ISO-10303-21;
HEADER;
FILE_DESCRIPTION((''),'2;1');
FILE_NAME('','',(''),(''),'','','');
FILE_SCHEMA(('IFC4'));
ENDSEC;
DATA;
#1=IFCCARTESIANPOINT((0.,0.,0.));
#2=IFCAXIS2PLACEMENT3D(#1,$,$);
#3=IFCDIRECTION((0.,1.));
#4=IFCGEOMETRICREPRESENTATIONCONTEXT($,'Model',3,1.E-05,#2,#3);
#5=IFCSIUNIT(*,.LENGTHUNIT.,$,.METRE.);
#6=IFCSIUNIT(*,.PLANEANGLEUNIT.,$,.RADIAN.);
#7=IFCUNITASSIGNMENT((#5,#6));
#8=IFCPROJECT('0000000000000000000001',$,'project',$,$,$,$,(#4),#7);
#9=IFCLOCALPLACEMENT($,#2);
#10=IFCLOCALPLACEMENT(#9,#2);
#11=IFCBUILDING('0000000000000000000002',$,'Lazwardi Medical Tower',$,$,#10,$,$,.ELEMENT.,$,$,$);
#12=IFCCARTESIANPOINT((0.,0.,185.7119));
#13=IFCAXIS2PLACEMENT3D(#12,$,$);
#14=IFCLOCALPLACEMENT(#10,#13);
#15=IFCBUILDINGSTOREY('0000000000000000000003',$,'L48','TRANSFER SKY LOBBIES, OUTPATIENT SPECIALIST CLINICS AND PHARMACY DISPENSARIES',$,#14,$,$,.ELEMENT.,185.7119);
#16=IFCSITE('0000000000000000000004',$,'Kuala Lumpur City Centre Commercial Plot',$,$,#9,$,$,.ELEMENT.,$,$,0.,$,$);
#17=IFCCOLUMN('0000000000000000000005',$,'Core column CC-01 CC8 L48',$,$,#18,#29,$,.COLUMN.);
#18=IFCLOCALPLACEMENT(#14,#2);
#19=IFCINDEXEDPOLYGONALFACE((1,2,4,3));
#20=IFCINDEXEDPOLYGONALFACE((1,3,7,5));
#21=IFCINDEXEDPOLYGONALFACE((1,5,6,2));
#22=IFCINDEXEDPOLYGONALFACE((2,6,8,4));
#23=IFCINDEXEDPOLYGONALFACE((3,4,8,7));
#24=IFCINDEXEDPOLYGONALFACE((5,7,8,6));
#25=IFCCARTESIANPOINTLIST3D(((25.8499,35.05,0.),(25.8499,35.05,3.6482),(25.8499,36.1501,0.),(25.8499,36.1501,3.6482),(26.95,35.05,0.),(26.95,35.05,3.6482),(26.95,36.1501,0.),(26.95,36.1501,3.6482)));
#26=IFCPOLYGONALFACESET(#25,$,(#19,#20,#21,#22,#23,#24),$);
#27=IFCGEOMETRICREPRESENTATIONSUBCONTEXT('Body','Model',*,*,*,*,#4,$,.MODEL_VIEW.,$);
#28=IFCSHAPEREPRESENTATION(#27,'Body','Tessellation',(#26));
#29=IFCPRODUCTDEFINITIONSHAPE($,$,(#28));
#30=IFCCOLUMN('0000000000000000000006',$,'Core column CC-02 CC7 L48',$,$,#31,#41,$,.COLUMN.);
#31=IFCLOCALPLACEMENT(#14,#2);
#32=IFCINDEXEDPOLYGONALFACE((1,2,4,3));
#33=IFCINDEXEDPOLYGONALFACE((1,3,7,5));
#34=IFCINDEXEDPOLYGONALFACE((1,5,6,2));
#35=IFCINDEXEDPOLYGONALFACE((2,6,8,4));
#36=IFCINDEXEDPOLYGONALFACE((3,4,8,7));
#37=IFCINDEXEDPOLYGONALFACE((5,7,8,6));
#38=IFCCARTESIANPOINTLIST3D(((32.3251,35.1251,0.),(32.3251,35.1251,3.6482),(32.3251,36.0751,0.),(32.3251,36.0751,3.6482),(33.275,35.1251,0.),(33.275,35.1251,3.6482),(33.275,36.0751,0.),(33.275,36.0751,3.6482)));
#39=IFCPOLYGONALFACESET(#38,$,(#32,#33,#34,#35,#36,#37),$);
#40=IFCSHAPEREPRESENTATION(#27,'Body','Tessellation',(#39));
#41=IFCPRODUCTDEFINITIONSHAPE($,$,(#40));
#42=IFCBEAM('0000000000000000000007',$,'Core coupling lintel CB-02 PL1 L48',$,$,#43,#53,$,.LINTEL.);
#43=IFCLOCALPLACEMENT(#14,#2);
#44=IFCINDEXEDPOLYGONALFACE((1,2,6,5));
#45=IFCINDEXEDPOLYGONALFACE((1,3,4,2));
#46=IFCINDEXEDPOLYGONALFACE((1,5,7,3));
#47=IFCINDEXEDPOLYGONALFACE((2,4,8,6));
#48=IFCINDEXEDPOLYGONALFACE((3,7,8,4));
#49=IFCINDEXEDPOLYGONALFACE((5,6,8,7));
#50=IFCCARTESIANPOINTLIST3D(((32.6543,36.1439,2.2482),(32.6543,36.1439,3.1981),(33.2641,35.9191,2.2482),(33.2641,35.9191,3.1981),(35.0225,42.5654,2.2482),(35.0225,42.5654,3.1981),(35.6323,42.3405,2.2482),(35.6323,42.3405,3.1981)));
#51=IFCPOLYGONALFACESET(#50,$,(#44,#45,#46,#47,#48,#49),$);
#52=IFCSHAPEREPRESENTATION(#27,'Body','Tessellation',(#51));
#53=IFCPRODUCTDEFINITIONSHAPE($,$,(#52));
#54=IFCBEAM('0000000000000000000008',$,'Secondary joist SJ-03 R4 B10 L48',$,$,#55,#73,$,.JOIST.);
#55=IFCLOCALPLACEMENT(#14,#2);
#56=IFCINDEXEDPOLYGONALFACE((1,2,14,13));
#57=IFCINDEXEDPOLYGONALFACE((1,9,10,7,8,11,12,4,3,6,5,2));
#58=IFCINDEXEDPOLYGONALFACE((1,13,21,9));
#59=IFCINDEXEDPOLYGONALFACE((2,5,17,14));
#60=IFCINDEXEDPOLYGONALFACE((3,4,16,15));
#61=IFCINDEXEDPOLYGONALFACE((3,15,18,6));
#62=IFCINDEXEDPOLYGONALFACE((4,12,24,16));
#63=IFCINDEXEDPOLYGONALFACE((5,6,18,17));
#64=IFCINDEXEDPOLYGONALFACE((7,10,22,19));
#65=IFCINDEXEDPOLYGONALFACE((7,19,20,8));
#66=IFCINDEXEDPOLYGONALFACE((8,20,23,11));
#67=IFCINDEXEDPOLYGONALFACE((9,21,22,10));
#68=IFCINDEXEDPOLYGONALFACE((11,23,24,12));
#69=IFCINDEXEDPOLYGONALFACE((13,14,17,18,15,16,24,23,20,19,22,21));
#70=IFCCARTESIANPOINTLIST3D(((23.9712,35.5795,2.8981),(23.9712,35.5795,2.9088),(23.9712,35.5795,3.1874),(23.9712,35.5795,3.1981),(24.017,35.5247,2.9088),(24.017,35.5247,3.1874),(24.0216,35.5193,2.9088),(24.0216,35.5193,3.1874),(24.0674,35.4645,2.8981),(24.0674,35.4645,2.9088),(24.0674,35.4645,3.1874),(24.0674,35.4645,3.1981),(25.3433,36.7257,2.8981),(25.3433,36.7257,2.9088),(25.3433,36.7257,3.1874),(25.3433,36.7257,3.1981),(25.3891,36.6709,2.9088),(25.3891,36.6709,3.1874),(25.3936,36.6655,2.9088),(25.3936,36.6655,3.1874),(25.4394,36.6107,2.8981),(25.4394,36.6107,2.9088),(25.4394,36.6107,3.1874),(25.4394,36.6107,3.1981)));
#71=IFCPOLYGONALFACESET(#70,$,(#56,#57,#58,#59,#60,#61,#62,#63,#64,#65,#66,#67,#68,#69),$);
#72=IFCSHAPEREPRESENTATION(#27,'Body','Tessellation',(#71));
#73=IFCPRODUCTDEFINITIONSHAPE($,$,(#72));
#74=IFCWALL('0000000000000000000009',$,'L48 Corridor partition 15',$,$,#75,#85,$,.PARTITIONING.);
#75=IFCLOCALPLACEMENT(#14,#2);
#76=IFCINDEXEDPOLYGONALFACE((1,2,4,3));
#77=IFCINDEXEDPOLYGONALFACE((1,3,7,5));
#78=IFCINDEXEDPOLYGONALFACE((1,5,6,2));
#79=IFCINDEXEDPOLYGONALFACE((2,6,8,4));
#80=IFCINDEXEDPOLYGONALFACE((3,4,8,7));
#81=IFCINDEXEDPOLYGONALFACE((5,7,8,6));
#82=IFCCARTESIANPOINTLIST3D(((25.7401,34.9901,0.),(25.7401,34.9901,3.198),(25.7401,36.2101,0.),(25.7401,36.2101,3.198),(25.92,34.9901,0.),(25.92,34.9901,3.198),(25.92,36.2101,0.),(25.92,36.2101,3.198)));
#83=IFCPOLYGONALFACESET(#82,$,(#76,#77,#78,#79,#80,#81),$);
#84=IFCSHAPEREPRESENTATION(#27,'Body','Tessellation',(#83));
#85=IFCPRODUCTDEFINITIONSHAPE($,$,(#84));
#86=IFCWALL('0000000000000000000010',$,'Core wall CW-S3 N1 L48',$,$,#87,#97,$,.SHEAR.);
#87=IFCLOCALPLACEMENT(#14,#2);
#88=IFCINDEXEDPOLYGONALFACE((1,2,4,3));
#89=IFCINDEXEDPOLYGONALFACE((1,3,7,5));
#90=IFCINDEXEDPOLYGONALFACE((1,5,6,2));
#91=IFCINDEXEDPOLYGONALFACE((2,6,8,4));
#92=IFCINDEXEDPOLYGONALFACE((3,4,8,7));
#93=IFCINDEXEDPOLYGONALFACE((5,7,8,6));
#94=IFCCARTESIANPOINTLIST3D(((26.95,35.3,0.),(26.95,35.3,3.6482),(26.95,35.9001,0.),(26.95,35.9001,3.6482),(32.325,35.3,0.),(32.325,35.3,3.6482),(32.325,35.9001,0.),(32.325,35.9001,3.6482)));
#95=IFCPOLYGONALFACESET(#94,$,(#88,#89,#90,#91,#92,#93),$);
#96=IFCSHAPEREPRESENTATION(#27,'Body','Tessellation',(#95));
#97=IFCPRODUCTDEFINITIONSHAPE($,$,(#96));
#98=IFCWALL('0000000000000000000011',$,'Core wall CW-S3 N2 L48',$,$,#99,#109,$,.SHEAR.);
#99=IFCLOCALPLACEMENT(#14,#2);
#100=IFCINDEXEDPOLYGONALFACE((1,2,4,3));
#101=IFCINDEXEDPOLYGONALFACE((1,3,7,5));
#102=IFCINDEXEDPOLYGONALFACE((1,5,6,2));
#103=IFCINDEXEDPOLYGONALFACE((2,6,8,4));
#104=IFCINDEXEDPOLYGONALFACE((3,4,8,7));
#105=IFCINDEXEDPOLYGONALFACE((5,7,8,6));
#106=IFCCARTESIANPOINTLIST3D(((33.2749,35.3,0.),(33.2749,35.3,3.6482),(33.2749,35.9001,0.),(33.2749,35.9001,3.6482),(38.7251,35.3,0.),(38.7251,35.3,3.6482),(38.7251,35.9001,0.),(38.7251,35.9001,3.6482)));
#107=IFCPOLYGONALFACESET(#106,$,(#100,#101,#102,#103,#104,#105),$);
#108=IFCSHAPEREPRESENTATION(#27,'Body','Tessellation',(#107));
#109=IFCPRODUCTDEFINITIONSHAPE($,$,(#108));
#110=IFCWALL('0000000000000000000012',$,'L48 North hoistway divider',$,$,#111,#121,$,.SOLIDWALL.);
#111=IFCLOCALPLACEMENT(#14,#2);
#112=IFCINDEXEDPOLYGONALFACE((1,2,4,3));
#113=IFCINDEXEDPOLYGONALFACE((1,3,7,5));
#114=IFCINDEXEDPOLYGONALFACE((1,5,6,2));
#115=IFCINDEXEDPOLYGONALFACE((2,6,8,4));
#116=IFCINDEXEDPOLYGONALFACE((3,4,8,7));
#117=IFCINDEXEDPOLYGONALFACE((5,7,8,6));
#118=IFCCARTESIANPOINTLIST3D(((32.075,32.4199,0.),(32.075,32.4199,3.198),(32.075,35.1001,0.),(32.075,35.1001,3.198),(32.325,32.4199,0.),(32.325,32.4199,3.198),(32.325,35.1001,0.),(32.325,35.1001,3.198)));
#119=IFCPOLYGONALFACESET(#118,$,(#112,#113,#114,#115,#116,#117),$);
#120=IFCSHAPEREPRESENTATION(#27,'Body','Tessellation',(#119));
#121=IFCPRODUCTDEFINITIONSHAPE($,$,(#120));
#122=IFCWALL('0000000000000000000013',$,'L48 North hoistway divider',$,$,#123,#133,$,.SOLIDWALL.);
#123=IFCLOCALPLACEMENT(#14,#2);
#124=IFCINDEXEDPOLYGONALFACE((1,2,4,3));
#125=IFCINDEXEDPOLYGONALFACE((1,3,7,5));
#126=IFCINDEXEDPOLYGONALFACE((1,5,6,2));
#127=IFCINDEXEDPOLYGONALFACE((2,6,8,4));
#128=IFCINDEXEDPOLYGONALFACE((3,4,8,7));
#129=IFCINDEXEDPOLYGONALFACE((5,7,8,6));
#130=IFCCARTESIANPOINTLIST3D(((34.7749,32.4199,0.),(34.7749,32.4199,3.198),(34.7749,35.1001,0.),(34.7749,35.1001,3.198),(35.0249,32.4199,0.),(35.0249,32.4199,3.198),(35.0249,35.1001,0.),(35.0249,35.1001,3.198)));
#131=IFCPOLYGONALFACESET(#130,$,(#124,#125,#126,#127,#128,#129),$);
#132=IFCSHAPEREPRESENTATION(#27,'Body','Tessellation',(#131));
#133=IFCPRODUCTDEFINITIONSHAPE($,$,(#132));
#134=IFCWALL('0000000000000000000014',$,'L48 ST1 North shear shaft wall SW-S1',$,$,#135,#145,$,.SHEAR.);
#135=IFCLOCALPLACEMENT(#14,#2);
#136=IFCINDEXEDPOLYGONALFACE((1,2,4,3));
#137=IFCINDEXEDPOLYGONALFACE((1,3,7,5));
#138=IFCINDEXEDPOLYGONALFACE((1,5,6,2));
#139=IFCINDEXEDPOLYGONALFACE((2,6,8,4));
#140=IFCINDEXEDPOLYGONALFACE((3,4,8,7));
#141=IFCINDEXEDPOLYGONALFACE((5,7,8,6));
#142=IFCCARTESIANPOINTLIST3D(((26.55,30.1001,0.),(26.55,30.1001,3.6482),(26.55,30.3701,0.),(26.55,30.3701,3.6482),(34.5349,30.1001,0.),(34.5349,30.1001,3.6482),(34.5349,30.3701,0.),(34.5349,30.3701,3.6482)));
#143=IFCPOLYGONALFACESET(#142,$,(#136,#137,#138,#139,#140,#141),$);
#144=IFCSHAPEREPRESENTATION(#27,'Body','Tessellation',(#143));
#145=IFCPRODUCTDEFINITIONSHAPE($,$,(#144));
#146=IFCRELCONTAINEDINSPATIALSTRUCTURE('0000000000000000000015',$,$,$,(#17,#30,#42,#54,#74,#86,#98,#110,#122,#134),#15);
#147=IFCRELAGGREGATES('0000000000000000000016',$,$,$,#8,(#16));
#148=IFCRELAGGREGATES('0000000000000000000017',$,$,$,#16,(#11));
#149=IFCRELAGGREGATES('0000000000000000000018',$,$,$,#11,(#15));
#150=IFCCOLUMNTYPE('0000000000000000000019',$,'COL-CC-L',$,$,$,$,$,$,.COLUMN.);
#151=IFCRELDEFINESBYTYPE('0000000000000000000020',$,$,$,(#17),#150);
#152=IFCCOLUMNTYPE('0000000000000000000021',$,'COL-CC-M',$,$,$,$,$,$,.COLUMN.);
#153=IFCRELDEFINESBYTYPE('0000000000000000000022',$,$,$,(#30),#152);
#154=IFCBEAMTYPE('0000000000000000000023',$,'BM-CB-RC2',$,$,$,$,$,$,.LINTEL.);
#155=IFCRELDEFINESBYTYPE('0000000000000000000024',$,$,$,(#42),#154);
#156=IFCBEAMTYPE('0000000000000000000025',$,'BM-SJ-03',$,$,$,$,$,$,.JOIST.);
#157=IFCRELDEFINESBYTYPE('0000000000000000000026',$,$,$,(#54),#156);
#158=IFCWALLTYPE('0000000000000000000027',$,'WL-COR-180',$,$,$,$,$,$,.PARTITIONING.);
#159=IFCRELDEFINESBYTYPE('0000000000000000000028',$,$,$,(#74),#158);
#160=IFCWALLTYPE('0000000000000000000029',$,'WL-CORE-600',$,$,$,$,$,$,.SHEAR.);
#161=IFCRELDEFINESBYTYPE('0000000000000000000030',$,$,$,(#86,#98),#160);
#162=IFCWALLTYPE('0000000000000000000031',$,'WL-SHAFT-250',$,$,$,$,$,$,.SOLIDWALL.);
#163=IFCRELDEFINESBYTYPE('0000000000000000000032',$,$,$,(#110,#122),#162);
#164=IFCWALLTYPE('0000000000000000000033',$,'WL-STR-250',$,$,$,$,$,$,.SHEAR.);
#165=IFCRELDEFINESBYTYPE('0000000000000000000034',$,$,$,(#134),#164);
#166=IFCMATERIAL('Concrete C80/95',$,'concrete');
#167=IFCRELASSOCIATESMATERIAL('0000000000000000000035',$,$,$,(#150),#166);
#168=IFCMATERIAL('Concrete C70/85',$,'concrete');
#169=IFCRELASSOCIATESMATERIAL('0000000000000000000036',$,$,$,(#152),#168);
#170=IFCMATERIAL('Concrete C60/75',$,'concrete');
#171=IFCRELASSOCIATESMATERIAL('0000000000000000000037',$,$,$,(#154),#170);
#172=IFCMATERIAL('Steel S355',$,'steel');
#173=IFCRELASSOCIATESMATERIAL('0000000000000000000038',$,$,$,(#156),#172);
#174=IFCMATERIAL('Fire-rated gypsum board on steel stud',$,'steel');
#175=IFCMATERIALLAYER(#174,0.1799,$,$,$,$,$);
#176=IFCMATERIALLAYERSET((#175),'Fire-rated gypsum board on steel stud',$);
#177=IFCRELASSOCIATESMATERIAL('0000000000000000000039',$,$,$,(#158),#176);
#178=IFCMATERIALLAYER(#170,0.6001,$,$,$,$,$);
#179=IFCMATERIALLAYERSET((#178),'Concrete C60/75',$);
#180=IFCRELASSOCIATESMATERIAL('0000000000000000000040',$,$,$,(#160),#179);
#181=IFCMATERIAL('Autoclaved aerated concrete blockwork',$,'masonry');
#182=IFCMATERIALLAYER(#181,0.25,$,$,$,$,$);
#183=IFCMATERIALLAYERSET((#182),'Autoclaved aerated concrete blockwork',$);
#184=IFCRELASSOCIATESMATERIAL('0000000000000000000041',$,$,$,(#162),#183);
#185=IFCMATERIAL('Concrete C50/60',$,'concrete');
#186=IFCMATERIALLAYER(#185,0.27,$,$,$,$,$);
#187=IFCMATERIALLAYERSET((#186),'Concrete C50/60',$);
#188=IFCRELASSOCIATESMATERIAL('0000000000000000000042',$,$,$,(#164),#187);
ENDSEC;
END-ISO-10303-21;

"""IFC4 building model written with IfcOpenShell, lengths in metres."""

from ifc_helpers import new_model, si_unit, direction, frame, frame_2d, origin, origin_2d, place, context, subcontext, project, spatial, rectangle, i_section, extrude, material, layer, layer_set, material_profile, profile_set, type_object, element, save


model = new_model("IFC4")

# Units and contexts
model_context = context("Model", 3, precision=1e-05, world=origin(), true_north=direction((0.0, 1.0)))
body_context = subcontext(model_context, "Body", "Model", "MODEL_VIEW")
ifc_project = project(units=[si_unit("LENGTHUNIT", "METRE"), si_unit("PLANEANGLEUNIT", "RADIAN")], contexts=[model_context])

# Site, building, storey
site_placement = place(None, origin())
site = spatial("IfcSite", under=ifc_project, at=site_placement, Name="Kuala Lumpur City Centre Commercial Plot", CompositionType="ELEMENT", RefElevation=0.0)
building_placement = place(site_placement, origin())
building = spatial("IfcBuilding", under=site, at=building_placement, Name="Lazwardi Medical Tower", CompositionType="ELEMENT")
storey_placement = place(building_placement, frame((0.0, 0.0, 185.7119)))
storey = spatial("IfcBuildingStorey", under=building, at=storey_placement, Name="L48", Description="TRANSFER SKY LOBBIES, OUTPATIENT SPECIALIST CLINICS AND PHARMACY DISPENSARIES", CompositionType="ELEMENT", Elevation=185.7119)

# Columns
ifc_material_1 = material(Name="Concrete C80/95", Category="concrete")
ifc_material_profile_1 = material_profile(ifc_material_1, rectangle(XDim=1.1001, YDim=1.1001, at=origin_2d()), Name="RC 1100x1100")
ifc_profile_set_1 = profile_set([ifc_material_profile_1], Name="Concrete C80/95")
column_type_1 = type_object("IfcColumnType", Name="COL-CC-L", PredefinedType="COLUMN", material=ifc_profile_set_1)
column_1_placement = place(storey_placement, frame((26.3999, 35.6001, 0.0), z_axis=(0.0, 0.0, 1.0), x_axis=(1.0, 0.0, 0.0)))
element("IfcColumn", 1, at=column_1_placement, inside=storey, type_object=column_type_1, Name="Core column CC-01 CC8 L48", PredefinedType="COLUMN", context=body_context, shape_type="SweptSolid", body=[
    extrude(rectangle(XDim=1.1001, YDim=1.1001, at=origin_2d()), origin(), (0.0, 0.0, 1.0), 3.6482),
])
ifc_material_2 = material(Name="Concrete C70/85", Category="concrete")
ifc_material_profile_2 = material_profile(ifc_material_2, rectangle(XDim=0.95, YDim=0.95, at=origin_2d()), Name="RC 950x950")
ifc_profile_set_2 = profile_set([ifc_material_profile_2], Name="Concrete C70/85")
column_type_2 = type_object("IfcColumnType", Name="COL-CC-M", PredefinedType="COLUMN", material=ifc_profile_set_2)
column_2_placement = place(storey_placement, frame((32.8, 35.6001, 0.0), z_axis=(0.0, 0.0, 1.0), x_axis=(1.0, 0.0, 0.0)))
element("IfcColumn", 2, at=column_2_placement, inside=storey, type_object=column_type_2, Name="Core column CC-02 CC7 L48", PredefinedType="COLUMN", context=body_context, shape_type="SweptSolid", body=[
    extrude(rectangle(XDim=0.95, YDim=0.95, at=origin_2d()), origin(), (0.0, 0.0, 1.0), 3.6482),
])

# Beams
ifc_material_3 = material(Name="Concrete C60/75", Category="concrete")
ifc_material_profile_3 = material_profile(ifc_material_3, rectangle(XDim=0.6499, YDim=0.95, at=origin_2d()), Name="RC 650x950")
ifc_profile_set_3 = profile_set([ifc_material_profile_3], Name="Concrete C60/75")
beam_type_1 = type_object("IfcBeamType", Name="BM-CB-RC2", PredefinedType="LINTEL", material=ifc_profile_set_3)
beam_1_placement = place(storey_placement, frame((32.9592, 36.0315, 2.7231), z_axis=(0.346013, 0.93823, 0.0), x_axis=(-0.93823, 0.346013, 0.0)))
element("IfcBeam", 3, at=beam_1_placement, inside=storey, type_object=beam_type_1, Name="Core coupling lintel CB-02 PL1 L48", PredefinedType="LINTEL", context=body_context, shape_type="SweptSolid", body=[
    extrude(rectangle(XDim=0.6499, YDim=0.95, at=origin_2d()), origin(), (0.0, 0.0, 1.0), 6.8442),
])
ifc_material_4 = material(Name="Steel S355", Category="steel")
ifc_material_profile_4 = material_profile(ifc_material_4, i_section(OverallWidth=0.1499, OverallDepth=0.3, WebThickness=0.0071, FlangeThickness=0.0107, at=origin_2d()), Name="IPE 300")
ifc_profile_set_4 = profile_set([ifc_material_profile_4], Name="Steel S355")
beam_type_2 = type_object("IfcBeamType", Name="BM-SJ-03", PredefinedType="JOIST", material=ifc_profile_set_4)
beam_2_placement = place(storey_placement, frame((25.3914, 36.6682, 3.0481), z_axis=(-0.767437, -0.641124, 0.0), x_axis=(0.641124, -0.767437, 0.0)))
element("IfcBeam", 4, at=beam_2_placement, inside=storey, type_object=beam_type_2, Name="Secondary joist SJ-03 R4 B10 L48", PredefinedType="JOIST", context=body_context, shape_type="SweptSolid", body=[
    extrude(i_section(OverallWidth=0.1499, OverallDepth=0.3, WebThickness=0.0071, FlangeThickness=0.0107, at=origin_2d()), origin(), (0.0, 0.0, 1.0), 1.7878),
])

# Walls
ifc_material_5 = material(Name="Fire-rated gypsum board on steel stud", Category="steel")
ifc_layer_1 = layer(ifc_material_5, 0.1799)
ifc_layer_set_1 = layer_set([ifc_layer_1], Name="Fire-rated gypsum board on steel stud")
wall_type_1 = type_object("IfcWallType", Name="WL-COR-180", PredefinedType="PARTITIONING", material=ifc_layer_set_1)
wall_1_placement = place(storey_placement, frame((25.8301, 36.21, 0.0), z_axis=(0.0, 0.0, 1.0), x_axis=(0.0, -1.0, 0.0)))
element("IfcWall", 5, at=wall_1_placement, inside=storey, type_object=wall_type_1, Name="L48 Corridor partition 15", PredefinedType="PARTITIONING", context=body_context, shape_type="SweptSolid", body=[
    extrude(rectangle(XDim=1.22, YDim=0.1799, at=frame_2d((0.6099, 0.0))), origin(), (0.0, 0.0, 1.0), 3.198),
])
ifc_layer_2 = layer(ifc_material_3, 0.6001)
ifc_layer_set_2 = layer_set([ifc_layer_2], Name="Concrete C60/75")
wall_type_2 = type_object("IfcWallType", Name="WL-CORE-600", PredefinedType="SHEAR", material=ifc_layer_set_2)
wall_2_placement = place(storey_placement, frame((26.95, 35.6001, 0.0), z_axis=(0.0, 0.0, 1.0), x_axis=(1.0, 0.0, 0.0)))
element("IfcWall", 6, at=wall_2_placement, inside=storey, type_object=wall_type_2, Name="Core wall CW-S3 N1 L48", PredefinedType="SHEAR", context=body_context, shape_type="SweptSolid", body=[
    extrude(rectangle(XDim=5.375, YDim=0.6001, at=frame_2d((2.6875, 0.0))), origin(), (0.0, 0.0, 1.0), 3.6482),
])
wall_3_placement = place(storey_placement, frame((33.2749, 35.6001, 0.0), z_axis=(0.0, 0.0, 1.0), x_axis=(1.0, 0.0, 0.0)))
element("IfcWall", 7, at=wall_3_placement, inside=storey, type_object=wall_type_2, Name="Core wall CW-S3 N2 L48", PredefinedType="SHEAR", context=body_context, shape_type="SweptSolid", body=[
    extrude(rectangle(XDim=5.4502, YDim=0.6001, at=frame_2d((2.7251, 0.0))), origin(), (0.0, 0.0, 1.0), 3.6482),
])
ifc_material_6 = material(Name="Autoclaved aerated concrete blockwork", Category="masonry")
ifc_layer_3 = layer(ifc_material_6, 0.25)
ifc_layer_set_3 = layer_set([ifc_layer_3], Name="Autoclaved aerated concrete blockwork")
wall_type_3 = type_object("IfcWallType", Name="WL-SHAFT-250", PredefinedType="SOLIDWALL", material=ifc_layer_set_3)
for number, where, z_axis, x_axis, name in (
    (8, (32.2, 32.4199, 0.0), (0.0, 0.0, 1.0), (0.0, 1.0, 0.0), "L48 North hoistway divider"),
    (9, (34.8999, 32.4199, 0.0), (0.0, 0.0, 1.0), (0.0, 1.0, 0.0), "L48 North hoistway divider"),
):
    element("IfcWall", number, at=place(storey_placement, frame(where, z_axis=z_axis, x_axis=x_axis)), inside=storey, type_object=wall_type_3, Name=name, PredefinedType="SOLIDWALL", context=body_context, shape_type="SweptSolid", body=[
        extrude(rectangle(XDim=2.6802, YDim=0.25, at=frame_2d((1.3401, 0.0))), origin(), (0.0, 0.0, 1.0), 3.198),
    ])
ifc_material_7 = material(Name="Concrete C50/60", Category="concrete")
ifc_layer_4 = layer(ifc_material_7, 0.27)
ifc_layer_set_4 = layer_set([ifc_layer_4], Name="Concrete C50/60")
wall_type_4 = type_object("IfcWallType", Name="WL-STR-250", PredefinedType="SHEAR", material=ifc_layer_set_4)
wall_4_placement = place(storey_placement, frame((26.55, 30.2351, 0.0), z_axis=(0.0, 0.0, 1.0), x_axis=(1.0, 0.0, 0.0)))
element("IfcWall", 10, at=wall_4_placement, inside=storey, type_object=wall_type_4, Name="L48 ST1 North shear shaft wall SW-S1", PredefinedType="SHEAR", context=body_context, shape_type="SweptSolid", body=[
    extrude(rectangle(XDim=7.9849, YDim=0.27, at=frame_2d((3.9924, 0.0))), origin(), (0.0, 0.0, 1.0), 3.6482),
])

save(model, "model.ifc")
